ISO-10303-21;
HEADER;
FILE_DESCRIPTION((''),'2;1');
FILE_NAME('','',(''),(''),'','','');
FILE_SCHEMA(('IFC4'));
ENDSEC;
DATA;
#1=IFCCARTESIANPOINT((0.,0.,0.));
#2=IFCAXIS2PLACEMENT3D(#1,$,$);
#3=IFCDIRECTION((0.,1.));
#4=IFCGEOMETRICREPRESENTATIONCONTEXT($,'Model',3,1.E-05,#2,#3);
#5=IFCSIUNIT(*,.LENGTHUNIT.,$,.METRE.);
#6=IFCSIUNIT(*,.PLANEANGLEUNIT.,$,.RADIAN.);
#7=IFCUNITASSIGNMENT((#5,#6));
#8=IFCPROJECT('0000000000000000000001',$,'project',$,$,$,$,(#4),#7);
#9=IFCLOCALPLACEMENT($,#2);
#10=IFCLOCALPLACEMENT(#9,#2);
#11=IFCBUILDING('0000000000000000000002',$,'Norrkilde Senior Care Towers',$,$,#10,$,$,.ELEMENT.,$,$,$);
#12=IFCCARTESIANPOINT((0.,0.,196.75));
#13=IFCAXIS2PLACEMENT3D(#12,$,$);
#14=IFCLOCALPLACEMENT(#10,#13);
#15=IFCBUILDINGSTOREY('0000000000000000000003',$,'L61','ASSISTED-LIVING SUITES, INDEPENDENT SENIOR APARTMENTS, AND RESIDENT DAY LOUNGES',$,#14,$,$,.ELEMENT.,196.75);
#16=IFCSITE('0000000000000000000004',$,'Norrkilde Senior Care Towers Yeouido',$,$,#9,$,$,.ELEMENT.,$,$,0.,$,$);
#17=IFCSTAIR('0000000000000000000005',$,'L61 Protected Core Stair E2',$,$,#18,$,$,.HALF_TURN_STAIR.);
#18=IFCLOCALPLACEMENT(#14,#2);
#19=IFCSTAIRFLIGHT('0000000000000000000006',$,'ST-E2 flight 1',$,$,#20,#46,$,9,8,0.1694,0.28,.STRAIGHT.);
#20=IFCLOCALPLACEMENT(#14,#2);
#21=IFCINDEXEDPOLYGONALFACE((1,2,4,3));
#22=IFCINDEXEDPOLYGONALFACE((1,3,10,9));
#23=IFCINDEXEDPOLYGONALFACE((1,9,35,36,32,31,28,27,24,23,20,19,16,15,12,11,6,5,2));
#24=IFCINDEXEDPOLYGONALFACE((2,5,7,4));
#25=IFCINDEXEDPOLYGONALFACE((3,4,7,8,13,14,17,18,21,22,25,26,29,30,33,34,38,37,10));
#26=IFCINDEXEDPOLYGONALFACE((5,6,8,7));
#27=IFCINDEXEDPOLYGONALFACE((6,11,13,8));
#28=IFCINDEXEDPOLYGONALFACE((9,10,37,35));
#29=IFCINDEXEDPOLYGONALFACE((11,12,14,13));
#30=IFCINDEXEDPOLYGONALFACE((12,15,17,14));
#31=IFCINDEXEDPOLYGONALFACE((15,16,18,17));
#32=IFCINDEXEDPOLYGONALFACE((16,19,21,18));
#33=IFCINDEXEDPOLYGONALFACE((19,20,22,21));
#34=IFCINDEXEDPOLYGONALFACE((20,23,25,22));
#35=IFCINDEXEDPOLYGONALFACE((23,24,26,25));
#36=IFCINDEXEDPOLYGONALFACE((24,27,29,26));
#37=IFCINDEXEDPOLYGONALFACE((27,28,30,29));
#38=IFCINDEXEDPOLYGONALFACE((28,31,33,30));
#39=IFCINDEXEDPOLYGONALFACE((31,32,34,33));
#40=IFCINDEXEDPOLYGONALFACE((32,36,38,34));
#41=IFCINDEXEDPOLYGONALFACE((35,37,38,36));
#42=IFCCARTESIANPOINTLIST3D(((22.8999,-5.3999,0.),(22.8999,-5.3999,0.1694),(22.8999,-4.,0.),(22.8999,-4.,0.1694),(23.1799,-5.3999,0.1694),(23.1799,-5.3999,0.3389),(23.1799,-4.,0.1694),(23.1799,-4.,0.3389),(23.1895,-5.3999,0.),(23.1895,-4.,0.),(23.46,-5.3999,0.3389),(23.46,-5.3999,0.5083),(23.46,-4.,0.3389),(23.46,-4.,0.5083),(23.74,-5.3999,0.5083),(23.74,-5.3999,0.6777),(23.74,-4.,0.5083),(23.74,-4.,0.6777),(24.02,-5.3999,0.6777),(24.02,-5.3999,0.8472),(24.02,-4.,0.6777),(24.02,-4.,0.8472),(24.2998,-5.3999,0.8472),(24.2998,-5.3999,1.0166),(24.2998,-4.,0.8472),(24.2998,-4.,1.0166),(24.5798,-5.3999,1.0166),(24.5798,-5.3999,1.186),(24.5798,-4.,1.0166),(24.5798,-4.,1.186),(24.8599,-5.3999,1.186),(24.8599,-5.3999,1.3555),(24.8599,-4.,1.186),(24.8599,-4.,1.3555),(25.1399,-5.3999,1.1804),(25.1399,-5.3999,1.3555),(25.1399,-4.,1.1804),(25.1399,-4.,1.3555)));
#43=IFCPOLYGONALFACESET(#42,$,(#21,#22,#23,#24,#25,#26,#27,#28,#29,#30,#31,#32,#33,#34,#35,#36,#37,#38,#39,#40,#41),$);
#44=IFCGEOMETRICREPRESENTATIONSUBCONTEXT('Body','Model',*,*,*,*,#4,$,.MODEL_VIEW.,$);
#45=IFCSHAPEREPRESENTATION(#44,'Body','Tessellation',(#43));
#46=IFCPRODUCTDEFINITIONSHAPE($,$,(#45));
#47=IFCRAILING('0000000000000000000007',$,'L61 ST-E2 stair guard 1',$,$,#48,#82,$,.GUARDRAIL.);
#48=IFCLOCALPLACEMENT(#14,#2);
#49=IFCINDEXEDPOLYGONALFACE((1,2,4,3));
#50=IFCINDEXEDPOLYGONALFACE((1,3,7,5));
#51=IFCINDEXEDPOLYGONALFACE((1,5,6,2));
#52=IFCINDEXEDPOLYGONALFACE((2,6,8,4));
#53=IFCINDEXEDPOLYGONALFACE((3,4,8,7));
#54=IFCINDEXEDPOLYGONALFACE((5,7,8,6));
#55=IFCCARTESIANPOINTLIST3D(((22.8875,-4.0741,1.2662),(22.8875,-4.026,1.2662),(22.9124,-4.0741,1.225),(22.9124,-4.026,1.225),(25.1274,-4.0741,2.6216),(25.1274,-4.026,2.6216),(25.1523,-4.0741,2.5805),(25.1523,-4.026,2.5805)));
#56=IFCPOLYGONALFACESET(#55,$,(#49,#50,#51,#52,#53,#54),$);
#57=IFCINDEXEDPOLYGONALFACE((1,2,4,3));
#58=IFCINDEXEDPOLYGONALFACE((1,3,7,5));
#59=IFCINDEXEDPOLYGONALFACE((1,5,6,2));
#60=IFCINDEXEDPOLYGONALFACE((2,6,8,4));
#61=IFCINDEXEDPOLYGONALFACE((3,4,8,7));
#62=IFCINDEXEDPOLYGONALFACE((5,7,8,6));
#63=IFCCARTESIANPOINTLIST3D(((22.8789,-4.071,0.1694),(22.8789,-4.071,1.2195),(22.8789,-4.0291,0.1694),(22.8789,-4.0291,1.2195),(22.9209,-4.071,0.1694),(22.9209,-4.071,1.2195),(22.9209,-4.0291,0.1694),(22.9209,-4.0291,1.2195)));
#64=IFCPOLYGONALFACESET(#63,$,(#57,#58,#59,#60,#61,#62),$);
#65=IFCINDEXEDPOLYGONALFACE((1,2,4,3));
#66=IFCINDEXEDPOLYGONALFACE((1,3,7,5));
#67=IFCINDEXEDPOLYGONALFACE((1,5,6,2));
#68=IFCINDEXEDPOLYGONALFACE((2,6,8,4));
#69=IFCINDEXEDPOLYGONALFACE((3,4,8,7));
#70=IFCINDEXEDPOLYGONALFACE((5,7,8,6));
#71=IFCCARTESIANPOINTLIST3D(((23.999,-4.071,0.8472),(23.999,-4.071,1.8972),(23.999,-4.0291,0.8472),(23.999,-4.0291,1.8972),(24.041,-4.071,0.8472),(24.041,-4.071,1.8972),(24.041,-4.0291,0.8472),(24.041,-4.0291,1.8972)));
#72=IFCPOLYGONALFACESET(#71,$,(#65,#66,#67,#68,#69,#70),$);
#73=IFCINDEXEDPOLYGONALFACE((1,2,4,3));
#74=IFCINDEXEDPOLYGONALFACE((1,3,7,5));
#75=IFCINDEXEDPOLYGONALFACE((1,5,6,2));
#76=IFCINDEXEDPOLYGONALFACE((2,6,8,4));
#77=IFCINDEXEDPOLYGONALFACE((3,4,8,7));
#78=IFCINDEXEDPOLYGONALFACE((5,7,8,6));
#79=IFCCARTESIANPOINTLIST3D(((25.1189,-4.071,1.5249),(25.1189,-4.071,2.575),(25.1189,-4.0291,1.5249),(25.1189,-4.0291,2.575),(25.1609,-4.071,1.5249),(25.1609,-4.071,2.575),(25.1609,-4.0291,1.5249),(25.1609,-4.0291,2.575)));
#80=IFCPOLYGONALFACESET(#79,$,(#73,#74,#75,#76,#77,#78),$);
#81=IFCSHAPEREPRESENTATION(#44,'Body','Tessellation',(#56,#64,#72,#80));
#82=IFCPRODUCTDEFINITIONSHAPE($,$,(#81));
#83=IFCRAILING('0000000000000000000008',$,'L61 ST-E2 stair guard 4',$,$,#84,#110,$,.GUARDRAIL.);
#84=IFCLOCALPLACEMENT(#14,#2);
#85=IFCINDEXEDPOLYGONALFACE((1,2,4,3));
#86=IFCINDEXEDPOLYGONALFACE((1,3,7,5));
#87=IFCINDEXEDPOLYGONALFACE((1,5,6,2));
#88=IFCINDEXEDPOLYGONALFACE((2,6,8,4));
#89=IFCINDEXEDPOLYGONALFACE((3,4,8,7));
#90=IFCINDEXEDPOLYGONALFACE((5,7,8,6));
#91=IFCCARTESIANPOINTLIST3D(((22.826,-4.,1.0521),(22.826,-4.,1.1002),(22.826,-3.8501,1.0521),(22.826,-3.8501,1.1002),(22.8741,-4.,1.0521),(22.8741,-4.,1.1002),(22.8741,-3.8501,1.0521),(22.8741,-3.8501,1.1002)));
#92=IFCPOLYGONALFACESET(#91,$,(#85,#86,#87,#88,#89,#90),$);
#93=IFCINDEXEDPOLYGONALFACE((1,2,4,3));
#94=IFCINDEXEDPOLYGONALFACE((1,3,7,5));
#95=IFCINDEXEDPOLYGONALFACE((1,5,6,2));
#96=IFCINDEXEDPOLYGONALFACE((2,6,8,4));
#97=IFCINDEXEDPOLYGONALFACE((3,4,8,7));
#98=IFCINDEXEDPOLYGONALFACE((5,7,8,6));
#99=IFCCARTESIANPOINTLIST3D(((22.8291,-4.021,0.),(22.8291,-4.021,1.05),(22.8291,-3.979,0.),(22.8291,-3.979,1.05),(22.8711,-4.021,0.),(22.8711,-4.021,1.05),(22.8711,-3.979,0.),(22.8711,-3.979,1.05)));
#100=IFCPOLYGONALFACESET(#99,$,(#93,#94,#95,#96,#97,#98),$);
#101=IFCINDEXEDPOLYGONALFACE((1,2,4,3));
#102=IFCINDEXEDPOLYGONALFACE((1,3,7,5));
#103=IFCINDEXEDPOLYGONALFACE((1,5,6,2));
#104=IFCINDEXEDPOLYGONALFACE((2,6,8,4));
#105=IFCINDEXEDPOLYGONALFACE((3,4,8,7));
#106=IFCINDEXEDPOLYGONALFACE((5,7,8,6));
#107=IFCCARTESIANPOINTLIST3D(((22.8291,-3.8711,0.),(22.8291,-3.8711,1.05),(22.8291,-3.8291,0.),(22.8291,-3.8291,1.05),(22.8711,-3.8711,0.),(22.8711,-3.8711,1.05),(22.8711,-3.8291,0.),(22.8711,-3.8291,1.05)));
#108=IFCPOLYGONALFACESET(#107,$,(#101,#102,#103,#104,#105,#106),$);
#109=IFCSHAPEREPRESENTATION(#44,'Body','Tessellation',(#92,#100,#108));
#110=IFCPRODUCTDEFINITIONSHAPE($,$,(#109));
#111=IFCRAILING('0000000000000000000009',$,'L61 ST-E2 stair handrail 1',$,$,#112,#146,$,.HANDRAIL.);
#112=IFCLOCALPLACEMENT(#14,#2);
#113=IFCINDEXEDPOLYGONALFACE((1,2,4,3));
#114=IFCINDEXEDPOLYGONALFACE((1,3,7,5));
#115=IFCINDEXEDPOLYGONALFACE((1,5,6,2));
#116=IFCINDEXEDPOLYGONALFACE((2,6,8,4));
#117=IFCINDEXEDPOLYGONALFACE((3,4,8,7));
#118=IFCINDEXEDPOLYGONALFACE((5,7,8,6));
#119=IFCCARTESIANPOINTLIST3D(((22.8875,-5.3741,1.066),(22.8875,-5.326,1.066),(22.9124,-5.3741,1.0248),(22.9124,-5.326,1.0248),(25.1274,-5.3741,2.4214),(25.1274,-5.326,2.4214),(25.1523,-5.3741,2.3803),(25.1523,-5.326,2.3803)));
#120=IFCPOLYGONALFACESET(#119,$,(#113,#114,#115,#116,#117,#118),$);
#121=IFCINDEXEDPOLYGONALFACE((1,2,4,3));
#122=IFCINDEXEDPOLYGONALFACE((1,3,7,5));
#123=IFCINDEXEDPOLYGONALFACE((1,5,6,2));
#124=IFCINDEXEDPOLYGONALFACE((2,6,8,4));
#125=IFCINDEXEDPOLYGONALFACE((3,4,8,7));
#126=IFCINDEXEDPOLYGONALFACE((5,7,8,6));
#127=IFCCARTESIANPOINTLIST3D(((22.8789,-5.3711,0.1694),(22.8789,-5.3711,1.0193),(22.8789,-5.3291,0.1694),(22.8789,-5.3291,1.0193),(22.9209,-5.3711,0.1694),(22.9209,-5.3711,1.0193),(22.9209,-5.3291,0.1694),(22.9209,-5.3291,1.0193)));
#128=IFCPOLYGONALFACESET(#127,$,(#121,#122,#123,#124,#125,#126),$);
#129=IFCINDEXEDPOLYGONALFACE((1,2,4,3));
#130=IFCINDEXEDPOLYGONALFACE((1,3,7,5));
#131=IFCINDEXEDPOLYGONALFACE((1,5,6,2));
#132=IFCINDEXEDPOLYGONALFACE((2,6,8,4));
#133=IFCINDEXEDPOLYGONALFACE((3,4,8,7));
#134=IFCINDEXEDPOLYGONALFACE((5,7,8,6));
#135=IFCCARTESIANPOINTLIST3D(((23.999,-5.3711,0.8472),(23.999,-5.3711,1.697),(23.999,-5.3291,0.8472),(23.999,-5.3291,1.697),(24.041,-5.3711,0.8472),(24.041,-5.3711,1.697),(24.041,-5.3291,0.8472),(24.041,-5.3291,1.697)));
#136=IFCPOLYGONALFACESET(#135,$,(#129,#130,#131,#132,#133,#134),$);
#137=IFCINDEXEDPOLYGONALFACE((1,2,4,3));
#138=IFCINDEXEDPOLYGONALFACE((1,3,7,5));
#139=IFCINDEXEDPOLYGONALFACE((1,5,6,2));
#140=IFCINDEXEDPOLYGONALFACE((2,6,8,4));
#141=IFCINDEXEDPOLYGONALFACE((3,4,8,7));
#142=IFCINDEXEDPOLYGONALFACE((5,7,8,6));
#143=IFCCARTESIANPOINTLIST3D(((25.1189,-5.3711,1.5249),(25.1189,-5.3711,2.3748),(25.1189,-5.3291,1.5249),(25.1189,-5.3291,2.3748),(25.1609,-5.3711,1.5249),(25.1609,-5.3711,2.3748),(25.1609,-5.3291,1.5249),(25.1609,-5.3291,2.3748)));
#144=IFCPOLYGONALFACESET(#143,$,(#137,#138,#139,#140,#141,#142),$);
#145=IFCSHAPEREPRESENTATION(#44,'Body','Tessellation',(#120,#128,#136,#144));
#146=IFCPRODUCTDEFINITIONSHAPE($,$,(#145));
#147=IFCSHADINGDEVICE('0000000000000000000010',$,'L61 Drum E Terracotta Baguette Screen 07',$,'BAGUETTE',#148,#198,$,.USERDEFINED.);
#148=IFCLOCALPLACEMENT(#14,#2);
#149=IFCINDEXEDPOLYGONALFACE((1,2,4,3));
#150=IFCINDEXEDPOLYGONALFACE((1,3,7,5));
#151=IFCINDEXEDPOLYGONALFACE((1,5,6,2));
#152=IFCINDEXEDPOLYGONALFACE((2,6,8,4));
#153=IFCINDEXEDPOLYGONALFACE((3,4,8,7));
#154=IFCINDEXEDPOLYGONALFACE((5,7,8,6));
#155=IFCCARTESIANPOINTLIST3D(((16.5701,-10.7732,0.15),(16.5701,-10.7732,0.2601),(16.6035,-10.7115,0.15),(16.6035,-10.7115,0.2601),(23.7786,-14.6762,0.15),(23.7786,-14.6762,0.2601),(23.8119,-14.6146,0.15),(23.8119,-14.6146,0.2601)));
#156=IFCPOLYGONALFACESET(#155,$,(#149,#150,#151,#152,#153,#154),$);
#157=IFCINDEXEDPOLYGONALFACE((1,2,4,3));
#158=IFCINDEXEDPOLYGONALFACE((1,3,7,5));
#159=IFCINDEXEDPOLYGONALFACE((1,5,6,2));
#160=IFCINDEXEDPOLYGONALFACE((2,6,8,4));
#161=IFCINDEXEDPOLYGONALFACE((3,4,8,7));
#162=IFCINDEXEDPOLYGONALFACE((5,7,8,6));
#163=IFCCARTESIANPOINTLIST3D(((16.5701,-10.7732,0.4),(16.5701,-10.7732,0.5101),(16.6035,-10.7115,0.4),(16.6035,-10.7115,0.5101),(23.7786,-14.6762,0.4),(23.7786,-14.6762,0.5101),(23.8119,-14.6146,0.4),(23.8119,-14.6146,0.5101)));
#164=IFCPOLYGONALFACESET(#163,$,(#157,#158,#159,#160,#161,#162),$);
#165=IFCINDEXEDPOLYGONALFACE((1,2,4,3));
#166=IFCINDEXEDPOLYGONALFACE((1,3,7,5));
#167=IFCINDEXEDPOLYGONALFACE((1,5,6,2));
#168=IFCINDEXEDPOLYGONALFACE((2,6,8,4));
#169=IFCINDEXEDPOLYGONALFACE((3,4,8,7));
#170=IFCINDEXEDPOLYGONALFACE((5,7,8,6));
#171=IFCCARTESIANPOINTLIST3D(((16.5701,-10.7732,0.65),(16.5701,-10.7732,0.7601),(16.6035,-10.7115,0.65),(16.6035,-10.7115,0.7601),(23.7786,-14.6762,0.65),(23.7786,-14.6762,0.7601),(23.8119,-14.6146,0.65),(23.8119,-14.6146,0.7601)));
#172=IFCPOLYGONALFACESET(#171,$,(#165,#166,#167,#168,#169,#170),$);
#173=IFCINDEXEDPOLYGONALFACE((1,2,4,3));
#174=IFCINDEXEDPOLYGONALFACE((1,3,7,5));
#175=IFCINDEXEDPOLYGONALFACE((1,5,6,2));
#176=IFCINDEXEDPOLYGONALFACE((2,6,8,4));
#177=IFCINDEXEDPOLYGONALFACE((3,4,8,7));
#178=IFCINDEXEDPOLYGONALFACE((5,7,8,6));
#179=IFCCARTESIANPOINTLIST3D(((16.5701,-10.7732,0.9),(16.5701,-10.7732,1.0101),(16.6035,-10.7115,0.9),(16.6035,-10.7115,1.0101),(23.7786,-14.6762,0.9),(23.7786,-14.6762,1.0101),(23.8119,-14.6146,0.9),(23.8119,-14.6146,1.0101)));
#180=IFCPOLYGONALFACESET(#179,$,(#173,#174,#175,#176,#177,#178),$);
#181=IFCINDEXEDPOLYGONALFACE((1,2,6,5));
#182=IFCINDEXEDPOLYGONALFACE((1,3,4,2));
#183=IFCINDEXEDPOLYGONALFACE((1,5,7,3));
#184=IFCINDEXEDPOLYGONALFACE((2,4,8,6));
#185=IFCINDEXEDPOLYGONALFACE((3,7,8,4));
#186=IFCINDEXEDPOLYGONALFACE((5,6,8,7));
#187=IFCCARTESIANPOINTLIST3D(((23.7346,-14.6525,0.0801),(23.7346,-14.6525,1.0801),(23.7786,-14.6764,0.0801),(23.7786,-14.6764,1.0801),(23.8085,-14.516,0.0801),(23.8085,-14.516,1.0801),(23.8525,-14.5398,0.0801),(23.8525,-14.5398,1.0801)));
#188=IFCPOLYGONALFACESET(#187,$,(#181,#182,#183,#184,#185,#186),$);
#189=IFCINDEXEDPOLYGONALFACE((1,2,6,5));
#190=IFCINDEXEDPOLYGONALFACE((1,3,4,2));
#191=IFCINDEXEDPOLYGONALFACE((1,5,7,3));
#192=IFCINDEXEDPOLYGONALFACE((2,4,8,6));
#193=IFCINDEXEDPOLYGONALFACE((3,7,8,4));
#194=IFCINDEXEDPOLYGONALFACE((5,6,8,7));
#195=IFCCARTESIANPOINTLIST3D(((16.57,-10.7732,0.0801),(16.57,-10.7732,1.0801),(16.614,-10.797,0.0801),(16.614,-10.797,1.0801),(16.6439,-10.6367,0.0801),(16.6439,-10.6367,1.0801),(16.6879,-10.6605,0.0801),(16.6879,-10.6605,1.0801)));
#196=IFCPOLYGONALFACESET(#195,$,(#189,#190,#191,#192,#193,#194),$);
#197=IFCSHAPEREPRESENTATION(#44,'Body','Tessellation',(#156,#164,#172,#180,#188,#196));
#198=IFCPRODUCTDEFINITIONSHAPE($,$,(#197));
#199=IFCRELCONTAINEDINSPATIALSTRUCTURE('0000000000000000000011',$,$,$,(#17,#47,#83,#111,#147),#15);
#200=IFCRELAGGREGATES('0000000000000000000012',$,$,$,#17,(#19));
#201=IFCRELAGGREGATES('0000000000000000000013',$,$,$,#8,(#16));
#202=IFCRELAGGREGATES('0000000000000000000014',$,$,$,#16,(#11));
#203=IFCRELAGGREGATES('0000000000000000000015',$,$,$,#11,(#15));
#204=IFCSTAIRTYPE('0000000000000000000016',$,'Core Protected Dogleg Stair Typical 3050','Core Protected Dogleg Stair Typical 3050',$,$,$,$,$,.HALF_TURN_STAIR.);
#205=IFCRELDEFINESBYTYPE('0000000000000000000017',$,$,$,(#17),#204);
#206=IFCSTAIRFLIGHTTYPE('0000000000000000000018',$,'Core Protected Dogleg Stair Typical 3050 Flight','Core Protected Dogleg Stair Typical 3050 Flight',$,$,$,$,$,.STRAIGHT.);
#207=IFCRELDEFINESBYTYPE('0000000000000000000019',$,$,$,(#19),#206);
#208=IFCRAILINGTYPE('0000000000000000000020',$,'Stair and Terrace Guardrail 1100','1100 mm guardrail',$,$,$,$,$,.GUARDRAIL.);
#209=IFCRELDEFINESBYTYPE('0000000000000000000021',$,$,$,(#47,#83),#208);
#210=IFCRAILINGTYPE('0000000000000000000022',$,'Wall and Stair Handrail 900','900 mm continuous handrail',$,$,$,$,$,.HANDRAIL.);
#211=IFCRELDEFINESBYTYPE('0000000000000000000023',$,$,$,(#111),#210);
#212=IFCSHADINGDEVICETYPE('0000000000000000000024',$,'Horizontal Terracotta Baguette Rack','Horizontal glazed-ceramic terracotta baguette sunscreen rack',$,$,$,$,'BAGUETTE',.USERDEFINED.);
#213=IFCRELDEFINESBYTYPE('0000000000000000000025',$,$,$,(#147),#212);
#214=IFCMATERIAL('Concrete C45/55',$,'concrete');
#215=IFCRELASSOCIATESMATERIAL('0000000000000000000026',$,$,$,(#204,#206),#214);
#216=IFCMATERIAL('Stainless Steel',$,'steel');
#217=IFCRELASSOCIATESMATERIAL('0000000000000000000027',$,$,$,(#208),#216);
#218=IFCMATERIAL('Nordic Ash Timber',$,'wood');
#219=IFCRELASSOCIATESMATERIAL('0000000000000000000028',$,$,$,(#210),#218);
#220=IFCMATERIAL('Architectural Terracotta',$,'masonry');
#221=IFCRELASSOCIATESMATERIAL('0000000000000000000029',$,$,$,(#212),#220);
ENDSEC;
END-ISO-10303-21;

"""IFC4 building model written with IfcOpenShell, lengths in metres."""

from ifc_helpers import new_model, si_unit, direction, frame, origin, origin_2d, place, context, subcontext, project, spatial, polyline, rectangle, outline, extrude, source, transform, mapped, material, type_object, type_shapes, element, aggregate, save


model = new_model("IFC4")

# Units and contexts
model_context = context("Model", 3, precision=1e-05, world=origin(), true_north=direction((0.0, 1.0)))
body_context = subcontext(model_context, "Body", "Model", "MODEL_VIEW")
ifc_project = project(units=[si_unit("LENGTHUNIT", "METRE"), si_unit("PLANEANGLEUNIT", "RADIAN")], contexts=[model_context])

# Site, building, storey
site_placement = place(None, origin())
site = spatial("IfcSite", under=ifc_project, at=site_placement, Name="Norrkilde Senior Care Towers Yeouido", CompositionType="ELEMENT", RefElevation=0.0)
building_placement = place(site_placement, origin())
building = spatial("IfcBuilding", under=site, at=building_placement, Name="Norrkilde Senior Care Towers", CompositionType="ELEMENT")
storey_placement = place(building_placement, frame((0.0, 0.0, 196.75)))
storey = spatial("IfcBuildingStorey", under=building, at=storey_placement, Name="L61", Description="ASSISTED-LIVING SUITES, INDEPENDENT SENIOR APARTMENTS, AND RESIDENT DAY LOUNGES", CompositionType="ELEMENT", Elevation=196.75)

# Shared definitions
ifc_material_1 = material(Name="Concrete C45/55", Category="concrete")

# Shared definitions
ifc_material_2 = material(Name="Nordic Ash Timber", Category="wood")

# Stair, stair flight
stair_type = type_object("IfcStairType", Name="Core Protected Dogleg Stair Typical 3050", Description="Core Protected Dogleg Stair Typical 3050", PredefinedType="HALF_TURN_STAIR", material=ifc_material_1)
stair_placement = place(storey_placement, origin())
stair = element("IfcStair", 1, at=stair_placement, inside=storey, type_object=stair_type, Name="L61 Protected Core Stair E2", PredefinedType="HALF_TURN_STAIR")
stair_flight_type = type_object("IfcStairFlightType", Name="Core Protected Dogleg Stair Typical 3050 Flight", Description="Core Protected Dogleg Stair Typical 3050 Flight", PredefinedType="STRAIGHT", material=ifc_material_1)
stair_flight_placement = place(storey_placement, frame((22.8999, -4.7, 0.0), z_axis=(0.0, 0.0, 1.0), x_axis=(1.0, 0.0, 0.0)))
stair_flight = element("IfcStairFlight", 2, at=stair_flight_placement, type_object=stair_flight_type, Name="ST-E2 flight 1", NumberOfRisers=9, NumberOfTreads=8, PredefinedType="STRAIGHT", RiserHeight=0.1694, TreadLength=0.28, context=body_context, shape_type="SweptSolid", body=[
    extrude(outline(polyline([(0.0, 0.0), (0.0, 0.1694), (0.28, 0.1694), (0.28, 0.3389), (0.5601, 0.3389), (0.5601, 0.5083), (0.8401, 0.5083), (0.8401, 0.6777), (1.1201, 0.6777), (1.1201, 0.8472), (1.3999, 0.8472), (1.3999, 1.0166), (1.6799, 1.0166), (1.6799, 1.186), (1.96, 1.186), (1.96, 1.3555), (2.24, 1.3555), (2.24, 1.5249), (2.24, 1.1804), (0.2896, 0.0), (0.0, 0.0)])), frame((0.0, 0.7, 0.0), z_axis=(0.0, -1.0, 0.0), x_axis=(1.0, 0.0, 0.0)), (0.0, 0.0, 1.0), 1.3999),
])
aggregate(stair, [stair_flight])

# Railings
ifc_material_3 = material(Name="Stainless Steel", Category="steel")
railing_type_1 = type_object("IfcRailingType", Name="Stair and Terrace Guardrail 1100", Description="1100 mm guardrail", PredefinedType="GUARDRAIL", material=ifc_material_3)
railing_1_placement = place(storey_placement, frame((22.8999, -4.05, 0.1694)))
element("IfcRailing", 3, at=railing_1_placement, inside=storey, type_object=railing_type_1, Name="L61 ST-E2 stair guard 1", PredefinedType="GUARDRAIL", context=body_context, shape_type="SweptSolid", body=[
    extrude(rectangle(XDim=0.0481, YDim=0.0481, at=origin_2d()), frame((0.0, 0.0, 1.0762), z_axis=(0.855553, 0.0, 0.517715), x_axis=(0.0, 1.0, 0.0)), (0.0, 0.0, 1.0), 2.6182),
    extrude(rectangle(XDim=0.042, YDim=0.042, at=origin_2d()), origin(), (0.0, 0.0, 1.0), 1.05),
    extrude(rectangle(XDim=0.042, YDim=0.042, at=origin_2d()), frame((1.1201, 0.0, 0.6777)), (0.0, 0.0, 1.0), 1.05),
    extrude(rectangle(XDim=0.042, YDim=0.042, at=origin_2d()), frame((2.24, 0.0, 1.3555)), (0.0, 0.0, 1.0), 1.05),
])
railing_2_placement = place(storey_placement, frame((22.8501, -4.0, 0.0)))
element("IfcRailing", 4, at=railing_2_placement, inside=storey, type_object=railing_type_1, Name="L61 ST-E2 stair guard 4", PredefinedType="GUARDRAIL", context=body_context, shape_type="SweptSolid", body=[
    extrude(rectangle(XDim=0.0481, YDim=0.0481, at=origin_2d()), frame((0.0, 0.0, 1.0762), z_axis=(0.0, 1.0, 0.0), x_axis=(-1.0, 0.0, 0.0)), (0.0, 0.0, 1.0), 0.1499),
    extrude(rectangle(XDim=0.042, YDim=0.042, at=origin_2d()), origin(), (0.0, 0.0, 1.0), 1.05),
    extrude(rectangle(XDim=0.042, YDim=0.042, at=origin_2d()), frame((0.0, 0.1499, 0.0)), (0.0, 0.0, 1.0), 1.05),
])
railing_type_2 = type_object("IfcRailingType", Name="Wall and Stair Handrail 900", Description="900 mm continuous handrail", PredefinedType="HANDRAIL", material=ifc_material_2)
railing_3_placement = place(storey_placement, frame((22.8999, -5.3501, 0.1694)))
element("IfcRailing", 5, at=railing_3_placement, inside=storey, type_object=railing_type_2, Name="L61 ST-E2 stair handrail 1", PredefinedType="HANDRAIL", context=body_context, shape_type="SweptSolid", body=[
    extrude(rectangle(XDim=0.0481, YDim=0.0481, at=origin_2d()), frame((0.0, 0.0, 0.876), z_axis=(0.855553, 0.0, 0.517715), x_axis=(0.0, 1.0, 0.0)), (0.0, 0.0, 1.0), 2.6182),
    extrude(rectangle(XDim=0.042, YDim=0.042, at=origin_2d()), origin(), (0.0, 0.0, 1.0), 0.8499),
    extrude(rectangle(XDim=0.042, YDim=0.042, at=origin_2d()), frame((1.1201, 0.0, 0.6777)), (0.0, 0.0, 1.0), 0.8499),
    extrude(rectangle(XDim=0.042, YDim=0.042, at=origin_2d()), frame((2.24, 0.0, 1.3555)), (0.0, 0.0, 1.0), 0.8499),
])

# Shading device
ifc_material_4 = material(Name="Architectural Terracotta", Category="masonry")
shading_device_type = type_object("IfcShadingDeviceType", Name="Horizontal Terracotta Baguette Rack", Description="Horizontal glazed-ceramic terracotta baguette sunscreen rack", ElementType="BAGUETTE", PredefinedType="USERDEFINED", material=ifc_material_4)
shared_shape_1 = source(origin(), body_context, "Body", "SweptSolid", [
    extrude(rectangle(XDim=0.0701, YDim=0.1101, at=origin_2d()), frame((0.0, 0.0901, 0.125), z_axis=(1.0, 0.0, 0.0), x_axis=(0.0, 1.0, 0.0)), (0.0, 0.0, 1.0), 8.1973),
    extrude(rectangle(XDim=0.0701, YDim=0.1101, at=origin_2d()), frame((0.0, 0.0901, 0.375), z_axis=(1.0, 0.0, 0.0), x_axis=(0.0, 1.0, 0.0)), (0.0, 0.0, 1.0), 8.1973),
    extrude(rectangle(XDim=0.0701, YDim=0.1101, at=origin_2d()), frame((0.0, 0.0901, 0.625), z_axis=(1.0, 0.0, 0.0), x_axis=(0.0, 1.0, 0.0)), (0.0, 0.0, 1.0), 8.1973),
    extrude(rectangle(XDim=0.0701, YDim=0.1101, at=origin_2d()), frame((0.0, 0.0901, 0.875), z_axis=(1.0, 0.0, 0.0), x_axis=(0.0, 1.0, 0.0)), (0.0, 0.0, 1.0), 8.1973),
    extrude(rectangle(XDim=0.05, YDim=0.1553, at=origin_2d()), frame((0.0249, 0.0476, 0.0)), (0.0, 0.0, 1.0), 1.0),
    extrude(rectangle(XDim=0.05, YDim=0.1553, at=origin_2d()), frame((8.1724, 0.0476, 0.0)), (0.0, 0.0, 1.0), 1.0),
])
type_shapes(shading_device_type, [shared_shape_1])
shading_device_placement = place(storey_placement, frame((23.8381, -14.5662, 0.0801), z_axis=(0.0, 0.0, 1.0), x_axis=(-0.879378, 0.476144, 0.0)))
element("IfcShadingDevice", 6, at=shading_device_placement, inside=storey, type_object=shading_device_type, Name="L61 Drum E Terracotta Baguette Screen 07", ObjectType="BAGUETTE", PredefinedType="USERDEFINED", context=body_context, shape_type="MappedRepresentation", body=[
    mapped(shared_shape_1, transform((0.0, 0.0, 0.0), x_axis=(1.0, 0.0, 0.0), y_axis=(0.0, 1.0, 0.0), z_axis=(0.0, 0.0, 1.0), scale=1.0)),
])

save(model, "model.ifc")
